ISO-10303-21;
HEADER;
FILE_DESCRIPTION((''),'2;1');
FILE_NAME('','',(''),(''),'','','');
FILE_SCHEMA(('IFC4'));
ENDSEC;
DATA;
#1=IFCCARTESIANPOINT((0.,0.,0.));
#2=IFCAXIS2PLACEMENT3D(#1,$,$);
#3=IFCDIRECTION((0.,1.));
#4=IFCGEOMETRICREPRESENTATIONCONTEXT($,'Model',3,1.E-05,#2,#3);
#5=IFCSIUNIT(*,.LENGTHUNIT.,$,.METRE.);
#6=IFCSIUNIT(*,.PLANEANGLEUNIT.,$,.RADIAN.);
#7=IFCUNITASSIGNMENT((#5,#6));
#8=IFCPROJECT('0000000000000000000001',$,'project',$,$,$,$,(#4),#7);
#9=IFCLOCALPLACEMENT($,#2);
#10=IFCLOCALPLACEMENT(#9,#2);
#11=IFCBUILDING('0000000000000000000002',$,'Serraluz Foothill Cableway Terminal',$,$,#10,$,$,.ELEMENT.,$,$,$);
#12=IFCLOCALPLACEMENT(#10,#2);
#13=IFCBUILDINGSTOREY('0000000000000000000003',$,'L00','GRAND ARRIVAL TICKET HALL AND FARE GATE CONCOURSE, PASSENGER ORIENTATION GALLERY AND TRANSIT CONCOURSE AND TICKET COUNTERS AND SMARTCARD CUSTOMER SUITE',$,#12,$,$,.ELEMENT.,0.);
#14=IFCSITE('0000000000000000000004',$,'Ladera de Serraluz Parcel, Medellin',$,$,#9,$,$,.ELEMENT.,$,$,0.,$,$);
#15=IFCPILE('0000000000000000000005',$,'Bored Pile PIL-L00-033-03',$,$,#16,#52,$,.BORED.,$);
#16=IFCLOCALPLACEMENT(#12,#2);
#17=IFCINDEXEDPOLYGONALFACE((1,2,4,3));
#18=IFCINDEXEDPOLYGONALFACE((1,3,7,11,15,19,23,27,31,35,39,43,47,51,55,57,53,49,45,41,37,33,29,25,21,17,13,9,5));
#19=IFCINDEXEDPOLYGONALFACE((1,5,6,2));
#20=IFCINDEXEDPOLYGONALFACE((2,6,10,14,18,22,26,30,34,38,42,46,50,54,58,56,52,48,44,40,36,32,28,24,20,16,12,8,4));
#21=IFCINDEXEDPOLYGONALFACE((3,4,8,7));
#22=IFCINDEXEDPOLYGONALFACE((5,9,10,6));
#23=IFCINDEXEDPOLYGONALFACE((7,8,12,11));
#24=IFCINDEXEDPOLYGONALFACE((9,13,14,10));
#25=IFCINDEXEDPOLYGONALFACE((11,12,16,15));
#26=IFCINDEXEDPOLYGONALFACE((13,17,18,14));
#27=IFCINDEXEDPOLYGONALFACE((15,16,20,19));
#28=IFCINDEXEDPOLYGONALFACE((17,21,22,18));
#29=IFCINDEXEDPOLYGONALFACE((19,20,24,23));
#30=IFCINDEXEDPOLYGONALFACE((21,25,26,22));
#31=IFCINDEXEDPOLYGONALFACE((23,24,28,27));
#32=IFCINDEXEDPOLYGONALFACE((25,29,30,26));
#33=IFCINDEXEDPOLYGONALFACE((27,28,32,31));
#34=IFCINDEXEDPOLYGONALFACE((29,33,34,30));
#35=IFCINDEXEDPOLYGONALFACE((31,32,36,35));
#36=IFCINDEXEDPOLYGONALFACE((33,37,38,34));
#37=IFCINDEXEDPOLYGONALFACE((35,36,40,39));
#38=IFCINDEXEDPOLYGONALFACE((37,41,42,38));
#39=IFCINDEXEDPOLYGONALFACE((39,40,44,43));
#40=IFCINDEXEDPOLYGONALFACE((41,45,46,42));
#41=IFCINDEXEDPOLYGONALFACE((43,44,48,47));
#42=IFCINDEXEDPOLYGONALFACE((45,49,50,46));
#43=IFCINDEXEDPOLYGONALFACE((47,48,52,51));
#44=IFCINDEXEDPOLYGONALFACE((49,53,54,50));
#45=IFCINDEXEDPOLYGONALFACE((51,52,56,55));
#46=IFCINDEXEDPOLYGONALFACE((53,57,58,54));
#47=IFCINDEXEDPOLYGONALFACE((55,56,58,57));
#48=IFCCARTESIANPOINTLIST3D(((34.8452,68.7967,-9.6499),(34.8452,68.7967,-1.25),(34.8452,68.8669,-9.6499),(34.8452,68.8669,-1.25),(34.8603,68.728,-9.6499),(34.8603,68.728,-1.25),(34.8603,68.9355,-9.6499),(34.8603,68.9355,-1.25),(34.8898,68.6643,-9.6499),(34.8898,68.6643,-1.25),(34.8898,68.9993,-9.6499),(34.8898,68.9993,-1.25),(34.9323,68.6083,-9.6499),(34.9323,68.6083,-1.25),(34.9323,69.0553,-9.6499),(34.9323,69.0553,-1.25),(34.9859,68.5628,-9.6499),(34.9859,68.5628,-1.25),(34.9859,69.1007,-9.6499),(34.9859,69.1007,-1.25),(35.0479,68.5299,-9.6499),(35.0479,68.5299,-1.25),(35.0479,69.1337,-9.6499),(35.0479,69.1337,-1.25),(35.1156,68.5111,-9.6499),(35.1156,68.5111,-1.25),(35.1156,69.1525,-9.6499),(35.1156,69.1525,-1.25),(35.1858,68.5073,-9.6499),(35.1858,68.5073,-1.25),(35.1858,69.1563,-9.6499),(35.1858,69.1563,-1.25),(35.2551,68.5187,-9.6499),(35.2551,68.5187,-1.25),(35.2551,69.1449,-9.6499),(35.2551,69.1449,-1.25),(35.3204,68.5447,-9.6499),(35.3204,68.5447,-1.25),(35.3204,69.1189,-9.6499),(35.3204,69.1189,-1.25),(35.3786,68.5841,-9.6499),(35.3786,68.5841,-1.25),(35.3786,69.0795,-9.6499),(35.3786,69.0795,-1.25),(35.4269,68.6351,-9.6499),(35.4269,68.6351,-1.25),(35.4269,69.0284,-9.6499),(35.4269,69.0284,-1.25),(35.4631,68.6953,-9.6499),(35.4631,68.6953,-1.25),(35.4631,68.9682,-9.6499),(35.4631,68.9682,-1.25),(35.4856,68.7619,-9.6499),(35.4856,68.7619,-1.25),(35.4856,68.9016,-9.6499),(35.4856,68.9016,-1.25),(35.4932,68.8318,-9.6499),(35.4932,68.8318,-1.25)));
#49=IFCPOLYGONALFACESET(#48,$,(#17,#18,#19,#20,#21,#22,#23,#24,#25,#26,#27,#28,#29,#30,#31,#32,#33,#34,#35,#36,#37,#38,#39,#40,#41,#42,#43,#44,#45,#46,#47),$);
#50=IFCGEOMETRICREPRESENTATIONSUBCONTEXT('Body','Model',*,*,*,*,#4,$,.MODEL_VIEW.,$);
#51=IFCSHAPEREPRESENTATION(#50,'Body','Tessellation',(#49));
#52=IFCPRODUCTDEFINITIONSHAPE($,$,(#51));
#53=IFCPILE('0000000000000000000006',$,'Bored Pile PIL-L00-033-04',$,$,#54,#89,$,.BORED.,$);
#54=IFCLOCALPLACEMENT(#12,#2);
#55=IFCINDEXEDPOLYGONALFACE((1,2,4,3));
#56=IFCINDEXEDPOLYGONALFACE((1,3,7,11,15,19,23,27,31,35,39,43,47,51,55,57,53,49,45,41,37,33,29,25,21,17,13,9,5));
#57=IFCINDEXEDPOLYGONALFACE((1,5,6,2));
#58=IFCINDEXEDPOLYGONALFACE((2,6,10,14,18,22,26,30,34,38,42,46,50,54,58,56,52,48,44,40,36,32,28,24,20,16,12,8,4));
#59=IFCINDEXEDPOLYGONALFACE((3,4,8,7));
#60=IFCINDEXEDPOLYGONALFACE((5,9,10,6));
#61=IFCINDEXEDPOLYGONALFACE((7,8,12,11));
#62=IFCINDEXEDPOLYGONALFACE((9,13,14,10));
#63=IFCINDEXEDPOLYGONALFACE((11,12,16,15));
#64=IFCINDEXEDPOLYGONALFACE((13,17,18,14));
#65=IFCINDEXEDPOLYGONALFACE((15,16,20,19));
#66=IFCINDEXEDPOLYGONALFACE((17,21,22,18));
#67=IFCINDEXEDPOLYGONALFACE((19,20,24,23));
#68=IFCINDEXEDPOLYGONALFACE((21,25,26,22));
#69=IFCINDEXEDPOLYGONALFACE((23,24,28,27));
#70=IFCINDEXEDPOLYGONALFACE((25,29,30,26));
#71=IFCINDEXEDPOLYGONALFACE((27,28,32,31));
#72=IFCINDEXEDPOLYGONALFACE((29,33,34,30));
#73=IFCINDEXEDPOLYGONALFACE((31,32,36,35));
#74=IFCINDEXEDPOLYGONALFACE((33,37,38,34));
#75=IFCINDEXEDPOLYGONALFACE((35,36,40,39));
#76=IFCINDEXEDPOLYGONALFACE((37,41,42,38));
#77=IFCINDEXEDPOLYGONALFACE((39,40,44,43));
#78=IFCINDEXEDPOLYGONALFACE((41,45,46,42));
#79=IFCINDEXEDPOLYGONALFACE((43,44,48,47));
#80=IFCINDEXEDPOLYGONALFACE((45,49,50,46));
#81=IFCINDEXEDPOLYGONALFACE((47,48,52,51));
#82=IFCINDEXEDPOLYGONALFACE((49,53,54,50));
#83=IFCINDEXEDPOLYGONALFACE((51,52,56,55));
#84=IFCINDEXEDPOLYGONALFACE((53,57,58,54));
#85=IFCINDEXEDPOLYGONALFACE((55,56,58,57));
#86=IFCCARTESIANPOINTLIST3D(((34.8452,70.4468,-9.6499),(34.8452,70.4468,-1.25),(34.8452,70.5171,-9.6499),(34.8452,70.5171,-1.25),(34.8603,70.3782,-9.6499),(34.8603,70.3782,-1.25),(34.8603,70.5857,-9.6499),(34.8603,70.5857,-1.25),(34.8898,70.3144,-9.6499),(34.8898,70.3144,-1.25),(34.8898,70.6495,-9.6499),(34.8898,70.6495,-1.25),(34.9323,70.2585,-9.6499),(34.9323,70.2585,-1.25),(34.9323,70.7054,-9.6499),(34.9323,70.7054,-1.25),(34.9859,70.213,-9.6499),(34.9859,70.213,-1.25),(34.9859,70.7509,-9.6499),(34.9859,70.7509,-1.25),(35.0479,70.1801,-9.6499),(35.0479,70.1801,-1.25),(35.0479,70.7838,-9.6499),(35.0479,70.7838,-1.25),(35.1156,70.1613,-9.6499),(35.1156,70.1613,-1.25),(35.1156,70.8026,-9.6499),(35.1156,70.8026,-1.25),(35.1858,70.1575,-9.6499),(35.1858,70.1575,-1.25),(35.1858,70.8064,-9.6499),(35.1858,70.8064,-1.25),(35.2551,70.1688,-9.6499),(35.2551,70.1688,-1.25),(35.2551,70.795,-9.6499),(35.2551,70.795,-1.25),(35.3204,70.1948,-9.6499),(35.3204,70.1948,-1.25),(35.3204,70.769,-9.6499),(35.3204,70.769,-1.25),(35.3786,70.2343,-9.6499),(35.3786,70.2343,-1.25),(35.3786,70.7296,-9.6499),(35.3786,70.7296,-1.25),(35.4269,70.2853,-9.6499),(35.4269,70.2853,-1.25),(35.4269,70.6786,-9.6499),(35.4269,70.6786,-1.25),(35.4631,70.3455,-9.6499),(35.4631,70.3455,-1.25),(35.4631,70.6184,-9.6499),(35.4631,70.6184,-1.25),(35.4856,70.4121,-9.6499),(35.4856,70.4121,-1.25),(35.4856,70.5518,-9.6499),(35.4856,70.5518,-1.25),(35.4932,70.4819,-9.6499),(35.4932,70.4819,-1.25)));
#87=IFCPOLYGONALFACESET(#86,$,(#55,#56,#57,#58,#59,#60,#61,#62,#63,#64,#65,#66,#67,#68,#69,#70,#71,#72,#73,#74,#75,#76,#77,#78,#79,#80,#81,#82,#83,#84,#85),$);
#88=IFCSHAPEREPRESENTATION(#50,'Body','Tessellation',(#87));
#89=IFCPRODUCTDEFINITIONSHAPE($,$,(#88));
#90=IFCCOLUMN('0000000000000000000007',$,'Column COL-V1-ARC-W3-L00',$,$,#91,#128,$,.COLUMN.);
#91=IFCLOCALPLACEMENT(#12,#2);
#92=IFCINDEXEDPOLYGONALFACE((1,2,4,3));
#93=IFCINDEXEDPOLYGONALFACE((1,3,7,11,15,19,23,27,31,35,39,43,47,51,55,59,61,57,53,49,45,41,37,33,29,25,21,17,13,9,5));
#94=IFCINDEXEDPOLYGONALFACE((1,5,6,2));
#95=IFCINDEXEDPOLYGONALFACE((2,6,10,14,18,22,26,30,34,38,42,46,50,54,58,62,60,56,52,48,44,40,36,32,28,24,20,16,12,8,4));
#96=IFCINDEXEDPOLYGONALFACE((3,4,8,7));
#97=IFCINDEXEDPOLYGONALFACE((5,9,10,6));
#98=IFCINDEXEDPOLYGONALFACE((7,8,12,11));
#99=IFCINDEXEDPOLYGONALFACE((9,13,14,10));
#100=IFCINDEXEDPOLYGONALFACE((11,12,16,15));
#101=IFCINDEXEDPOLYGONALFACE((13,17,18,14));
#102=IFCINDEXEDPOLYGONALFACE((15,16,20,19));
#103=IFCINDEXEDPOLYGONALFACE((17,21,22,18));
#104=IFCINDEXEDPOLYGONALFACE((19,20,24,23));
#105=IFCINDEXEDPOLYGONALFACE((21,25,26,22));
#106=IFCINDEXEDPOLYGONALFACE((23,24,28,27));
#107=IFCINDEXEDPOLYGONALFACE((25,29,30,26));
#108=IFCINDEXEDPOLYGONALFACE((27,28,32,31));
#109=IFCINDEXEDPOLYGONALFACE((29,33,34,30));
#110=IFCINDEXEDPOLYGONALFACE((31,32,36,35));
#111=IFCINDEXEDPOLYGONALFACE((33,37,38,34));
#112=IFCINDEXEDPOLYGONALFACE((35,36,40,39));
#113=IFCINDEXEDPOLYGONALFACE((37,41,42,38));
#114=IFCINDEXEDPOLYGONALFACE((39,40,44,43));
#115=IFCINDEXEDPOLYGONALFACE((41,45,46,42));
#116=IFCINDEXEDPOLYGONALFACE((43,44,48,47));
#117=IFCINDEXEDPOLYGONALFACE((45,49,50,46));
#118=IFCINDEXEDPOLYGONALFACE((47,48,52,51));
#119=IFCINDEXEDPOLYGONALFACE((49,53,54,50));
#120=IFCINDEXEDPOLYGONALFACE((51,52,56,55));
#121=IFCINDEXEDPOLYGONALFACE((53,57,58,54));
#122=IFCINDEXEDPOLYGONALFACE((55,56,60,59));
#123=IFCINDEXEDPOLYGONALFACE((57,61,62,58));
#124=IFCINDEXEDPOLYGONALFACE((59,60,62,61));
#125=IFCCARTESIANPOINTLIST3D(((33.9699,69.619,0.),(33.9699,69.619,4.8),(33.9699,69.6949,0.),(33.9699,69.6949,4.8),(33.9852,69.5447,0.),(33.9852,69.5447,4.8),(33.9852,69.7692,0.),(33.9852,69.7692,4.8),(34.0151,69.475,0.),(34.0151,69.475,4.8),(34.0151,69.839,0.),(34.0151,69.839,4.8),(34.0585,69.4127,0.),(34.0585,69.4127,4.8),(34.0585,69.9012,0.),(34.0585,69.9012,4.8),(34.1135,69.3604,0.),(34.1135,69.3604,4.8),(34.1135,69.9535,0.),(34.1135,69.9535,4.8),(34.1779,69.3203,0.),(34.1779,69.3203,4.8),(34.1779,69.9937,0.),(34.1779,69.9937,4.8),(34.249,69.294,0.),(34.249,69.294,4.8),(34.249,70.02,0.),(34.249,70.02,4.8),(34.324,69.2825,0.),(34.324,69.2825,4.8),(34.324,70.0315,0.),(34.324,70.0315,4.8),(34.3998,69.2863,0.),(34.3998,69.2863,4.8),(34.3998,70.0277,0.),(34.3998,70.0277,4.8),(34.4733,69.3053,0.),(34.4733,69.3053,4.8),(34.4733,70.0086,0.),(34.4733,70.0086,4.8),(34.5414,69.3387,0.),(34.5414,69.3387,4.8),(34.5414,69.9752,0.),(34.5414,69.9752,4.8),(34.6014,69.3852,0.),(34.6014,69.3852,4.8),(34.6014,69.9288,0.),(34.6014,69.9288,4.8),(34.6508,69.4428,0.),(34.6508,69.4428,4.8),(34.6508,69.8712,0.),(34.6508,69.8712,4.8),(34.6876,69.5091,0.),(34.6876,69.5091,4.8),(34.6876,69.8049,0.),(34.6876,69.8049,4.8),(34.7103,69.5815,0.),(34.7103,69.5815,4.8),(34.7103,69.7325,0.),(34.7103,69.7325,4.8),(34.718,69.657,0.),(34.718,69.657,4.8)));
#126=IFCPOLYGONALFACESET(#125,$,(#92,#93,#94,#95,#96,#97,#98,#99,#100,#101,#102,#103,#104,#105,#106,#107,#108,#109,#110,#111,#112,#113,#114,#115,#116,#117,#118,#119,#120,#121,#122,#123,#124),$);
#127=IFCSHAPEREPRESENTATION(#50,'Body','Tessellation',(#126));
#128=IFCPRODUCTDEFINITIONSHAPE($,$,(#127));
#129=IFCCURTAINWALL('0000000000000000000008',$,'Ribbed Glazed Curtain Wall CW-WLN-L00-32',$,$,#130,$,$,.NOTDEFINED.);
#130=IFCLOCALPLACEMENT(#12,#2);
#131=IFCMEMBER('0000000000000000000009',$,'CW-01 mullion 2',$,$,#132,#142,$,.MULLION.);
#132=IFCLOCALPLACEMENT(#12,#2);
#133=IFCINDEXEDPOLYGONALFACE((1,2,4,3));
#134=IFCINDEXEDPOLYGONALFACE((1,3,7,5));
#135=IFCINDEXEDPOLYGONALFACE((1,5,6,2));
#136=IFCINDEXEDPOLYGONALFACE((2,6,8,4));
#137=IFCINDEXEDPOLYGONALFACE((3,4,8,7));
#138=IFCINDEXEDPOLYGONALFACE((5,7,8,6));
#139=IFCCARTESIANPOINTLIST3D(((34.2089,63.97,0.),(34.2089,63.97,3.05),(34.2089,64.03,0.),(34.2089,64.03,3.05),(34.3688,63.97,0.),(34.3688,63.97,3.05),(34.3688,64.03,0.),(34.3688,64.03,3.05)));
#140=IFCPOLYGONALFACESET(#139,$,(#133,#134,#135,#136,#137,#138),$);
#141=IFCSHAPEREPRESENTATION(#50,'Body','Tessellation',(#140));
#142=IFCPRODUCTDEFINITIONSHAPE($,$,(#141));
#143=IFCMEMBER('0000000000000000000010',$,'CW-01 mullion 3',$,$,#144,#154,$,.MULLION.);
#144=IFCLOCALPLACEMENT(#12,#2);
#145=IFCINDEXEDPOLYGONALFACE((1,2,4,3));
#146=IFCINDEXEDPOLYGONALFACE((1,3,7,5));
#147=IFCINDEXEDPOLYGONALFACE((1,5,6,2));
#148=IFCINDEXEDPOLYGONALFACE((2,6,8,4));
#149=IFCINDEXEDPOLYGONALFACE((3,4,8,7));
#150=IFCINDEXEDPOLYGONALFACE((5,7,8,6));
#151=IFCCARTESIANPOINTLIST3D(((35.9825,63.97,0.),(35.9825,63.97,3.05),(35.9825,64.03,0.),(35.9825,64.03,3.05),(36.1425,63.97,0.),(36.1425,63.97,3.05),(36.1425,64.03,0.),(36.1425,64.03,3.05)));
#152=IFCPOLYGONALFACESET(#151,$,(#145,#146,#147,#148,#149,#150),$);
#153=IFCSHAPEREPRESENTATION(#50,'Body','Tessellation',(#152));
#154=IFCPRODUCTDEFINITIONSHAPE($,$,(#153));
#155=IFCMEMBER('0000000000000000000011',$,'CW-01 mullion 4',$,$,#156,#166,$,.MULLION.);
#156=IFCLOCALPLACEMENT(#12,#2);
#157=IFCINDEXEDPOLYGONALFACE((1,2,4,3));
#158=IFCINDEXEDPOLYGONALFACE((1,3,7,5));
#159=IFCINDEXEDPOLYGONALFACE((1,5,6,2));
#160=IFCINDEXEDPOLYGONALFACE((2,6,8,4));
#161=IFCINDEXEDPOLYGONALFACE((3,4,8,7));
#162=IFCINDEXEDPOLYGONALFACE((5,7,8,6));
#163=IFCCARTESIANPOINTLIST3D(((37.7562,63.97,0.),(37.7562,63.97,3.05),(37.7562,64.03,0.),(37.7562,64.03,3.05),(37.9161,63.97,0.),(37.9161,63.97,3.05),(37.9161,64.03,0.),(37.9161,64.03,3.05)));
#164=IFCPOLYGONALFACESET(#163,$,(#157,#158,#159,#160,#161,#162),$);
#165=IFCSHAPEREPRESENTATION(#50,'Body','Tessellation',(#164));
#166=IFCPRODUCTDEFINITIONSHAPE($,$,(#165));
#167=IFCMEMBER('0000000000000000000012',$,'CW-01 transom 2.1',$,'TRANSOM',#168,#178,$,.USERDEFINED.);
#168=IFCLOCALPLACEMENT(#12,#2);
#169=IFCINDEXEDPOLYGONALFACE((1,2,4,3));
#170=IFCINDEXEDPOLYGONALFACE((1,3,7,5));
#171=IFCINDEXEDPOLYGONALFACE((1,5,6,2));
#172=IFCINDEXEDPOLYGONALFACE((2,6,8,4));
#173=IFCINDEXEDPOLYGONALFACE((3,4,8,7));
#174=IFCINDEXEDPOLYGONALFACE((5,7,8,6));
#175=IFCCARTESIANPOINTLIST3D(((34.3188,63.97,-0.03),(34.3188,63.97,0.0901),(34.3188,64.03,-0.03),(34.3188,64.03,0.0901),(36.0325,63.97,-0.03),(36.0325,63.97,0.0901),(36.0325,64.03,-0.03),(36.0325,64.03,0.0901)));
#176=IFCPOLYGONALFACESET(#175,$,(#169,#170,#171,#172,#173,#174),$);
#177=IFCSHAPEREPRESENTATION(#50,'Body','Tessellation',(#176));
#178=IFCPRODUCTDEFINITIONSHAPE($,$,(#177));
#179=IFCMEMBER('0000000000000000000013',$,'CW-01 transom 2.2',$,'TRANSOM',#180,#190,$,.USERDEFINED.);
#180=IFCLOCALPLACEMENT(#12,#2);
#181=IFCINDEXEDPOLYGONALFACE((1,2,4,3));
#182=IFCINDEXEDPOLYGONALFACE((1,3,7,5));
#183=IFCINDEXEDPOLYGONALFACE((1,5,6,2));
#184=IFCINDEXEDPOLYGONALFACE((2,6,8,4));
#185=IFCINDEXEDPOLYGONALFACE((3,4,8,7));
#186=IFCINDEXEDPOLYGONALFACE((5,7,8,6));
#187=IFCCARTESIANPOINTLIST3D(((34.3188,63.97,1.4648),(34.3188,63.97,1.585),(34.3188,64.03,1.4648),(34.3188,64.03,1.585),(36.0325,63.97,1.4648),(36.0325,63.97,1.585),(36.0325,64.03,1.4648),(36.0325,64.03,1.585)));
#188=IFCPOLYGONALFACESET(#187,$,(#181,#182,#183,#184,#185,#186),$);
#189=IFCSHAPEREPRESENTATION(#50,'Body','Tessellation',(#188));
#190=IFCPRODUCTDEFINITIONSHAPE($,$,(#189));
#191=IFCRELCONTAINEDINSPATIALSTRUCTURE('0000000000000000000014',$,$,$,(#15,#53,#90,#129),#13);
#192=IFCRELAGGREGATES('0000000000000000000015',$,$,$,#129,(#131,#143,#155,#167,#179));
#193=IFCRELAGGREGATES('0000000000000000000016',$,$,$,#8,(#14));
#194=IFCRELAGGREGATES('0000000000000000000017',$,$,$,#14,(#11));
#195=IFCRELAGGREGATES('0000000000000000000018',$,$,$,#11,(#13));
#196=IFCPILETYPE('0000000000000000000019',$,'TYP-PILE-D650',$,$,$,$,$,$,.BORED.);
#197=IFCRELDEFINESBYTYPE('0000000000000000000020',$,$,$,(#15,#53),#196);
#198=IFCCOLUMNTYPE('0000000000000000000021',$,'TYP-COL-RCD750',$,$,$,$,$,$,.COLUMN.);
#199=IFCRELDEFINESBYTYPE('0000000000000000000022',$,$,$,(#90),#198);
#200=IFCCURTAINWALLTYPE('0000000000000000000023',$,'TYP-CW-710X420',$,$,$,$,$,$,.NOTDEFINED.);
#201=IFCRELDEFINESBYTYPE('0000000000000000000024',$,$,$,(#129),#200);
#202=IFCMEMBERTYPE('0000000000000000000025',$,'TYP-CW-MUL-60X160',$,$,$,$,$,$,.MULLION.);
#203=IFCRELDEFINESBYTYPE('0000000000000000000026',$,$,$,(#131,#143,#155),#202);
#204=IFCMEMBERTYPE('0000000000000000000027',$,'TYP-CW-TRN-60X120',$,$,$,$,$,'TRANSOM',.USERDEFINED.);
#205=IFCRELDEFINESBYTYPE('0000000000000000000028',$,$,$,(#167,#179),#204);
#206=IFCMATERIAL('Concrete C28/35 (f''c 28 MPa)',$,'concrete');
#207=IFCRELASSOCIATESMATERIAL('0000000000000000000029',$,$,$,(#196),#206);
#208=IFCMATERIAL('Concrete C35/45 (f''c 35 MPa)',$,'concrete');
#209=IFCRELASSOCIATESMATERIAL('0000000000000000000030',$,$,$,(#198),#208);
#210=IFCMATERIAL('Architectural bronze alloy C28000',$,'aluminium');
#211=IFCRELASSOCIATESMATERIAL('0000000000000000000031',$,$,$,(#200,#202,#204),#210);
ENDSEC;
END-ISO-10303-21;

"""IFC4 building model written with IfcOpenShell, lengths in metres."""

from ifc_helpers import new_model, si_unit, direction, frame, origin, origin_2d, place, context, subcontext, project, spatial, rectangle, circle, extrude, material, material_profile, profile_set, type_object, element, aggregate, save


model = new_model("IFC4")

# Units and contexts
model_context = context("Model", 3, precision=1e-05, world=origin(), true_north=direction((0.0, 1.0)))
body_context = subcontext(model_context, "Body", "Model", "MODEL_VIEW")
ifc_project = project(units=[si_unit("LENGTHUNIT", "METRE"), si_unit("PLANEANGLEUNIT", "RADIAN")], contexts=[model_context])

# Site, building, storey
site_placement = place(None, origin())
site = spatial("IfcSite", under=ifc_project, at=site_placement, Name="Ladera de Serraluz Parcel, Medellin", CompositionType="ELEMENT", RefElevation=0.0)
building_placement = place(site_placement, origin())
building = spatial("IfcBuilding", under=site, at=building_placement, Name="Serraluz Foothill Cableway Terminal", CompositionType="ELEMENT")
storey_placement = place(building_placement, origin())
storey = spatial("IfcBuildingStorey", under=building, at=storey_placement, Name="L00", Description="GRAND ARRIVAL TICKET HALL AND FARE GATE CONCOURSE, PASSENGER ORIENTATION GALLERY AND TRANSIT CONCOURSE AND TICKET COUNTERS AND SMARTCARD CUSTOMER SUITE", CompositionType="ELEMENT", Elevation=0.0)

# Piles
ifc_material_1 = material(Name="Concrete C28/35 (f'c 28 MPa)", Category="concrete")
ifc_material_profile_1 = material_profile(ifc_material_1, circle(Radius=0.325, at=origin_2d()), Name="BORED PILE D650")
ifc_profile_set_1 = profile_set([ifc_material_profile_1], Name="Concrete C28/35 (f'c 28 MPa)")
pile_type = type_object("IfcPileType", Name="TYP-PILE-D650", PredefinedType="BORED", material=ifc_profile_set_1)
for number, where, z_axis, x_axis, name in (
    (1, (35.1682, 68.8318, -1.25), (0.0, 0.0, -1.0), (1.0, 0.0, 0.0), "Bored Pile PIL-L00-033-03"),
    (2, (35.1682, 70.4819, -1.25), (0.0, 0.0, -1.0), (1.0, 0.0, 0.0), "Bored Pile PIL-L00-033-04"),
):
    element("IfcPile", number, at=place(storey_placement, frame(where, z_axis=z_axis, x_axis=x_axis)), inside=storey, type_object=pile_type, Name=name, PredefinedType="BORED", context=body_context, shape_type="SweptSolid", body=[
        extrude(circle(Radius=0.325, at=origin_2d()), origin(), (0.0, 0.0, 1.0), 8.3999),
    ])

# Column
ifc_material_2 = material(Name="Concrete C35/45 (f'c 35 MPa)", Category="concrete")
ifc_material_profile_2 = material_profile(ifc_material_2, circle(Radius=0.375, at=origin_2d()), Name="RC D750")
ifc_profile_set_2 = profile_set([ifc_material_profile_2], Name="Concrete C35/45 (f'c 35 MPa)")
column_type = type_object("IfcColumnType", Name="TYP-COL-RCD750", PredefinedType="COLUMN", material=ifc_profile_set_2)
column_placement = place(storey_placement, frame((34.343, 69.657, 0.0), z_axis=(0.0, 0.0, 1.0), x_axis=(1.0, 0.0, 0.0)))
element("IfcColumn", 3, at=column_placement, inside=storey, type_object=column_type, Name="Column COL-V1-ARC-W3-L00", PredefinedType="COLUMN", context=body_context, shape_type="SweptSolid", body=[
    extrude(circle(Radius=0.375, at=origin_2d()), origin(), (0.0, 0.0, 1.0), 4.8),
])

# Curtain wall, members
ifc_material_3 = material(Name="Architectural bronze alloy C28000", Category="aluminium")
curtain_wall_type = type_object("IfcCurtainWallType", Name="TYP-CW-710X420", PredefinedType="NOTDEFINED", material=ifc_material_3)
curtain_wall_placement = place(storey_placement, origin())
curtain_wall = element("IfcCurtainWall", 4, at=curtain_wall_placement, inside=storey, type_object=curtain_wall_type, Name="Ribbed Glazed Curtain Wall CW-WLN-L00-32", PredefinedType="NOTDEFINED")
ifc_material_profile_3 = material_profile(ifc_material_3, rectangle(XDim=0.0601, YDim=0.1599, at=origin_2d()), Name="ALU MULLION 60x160")
ifc_profile_set_3 = profile_set([ifc_material_profile_3], Name="Architectural bronze alloy C28000")
member_type_1 = type_object("IfcMemberType", Name="TYP-CW-MUL-60X160", PredefinedType="MULLION", material=ifc_profile_set_3)
member_1_placement = place(storey_placement, frame((34.2888, 64.0, 0.0), z_axis=(0.0, 0.0, 1.0), x_axis=(0.0, 1.0, 0.0)))
member_1 = element("IfcMember", 5, at=member_1_placement, type_object=member_type_1, Name="CW-01 mullion 2", PredefinedType="MULLION", context=body_context, shape_type="SweptSolid", body=[
    extrude(rectangle(XDim=0.0601, YDim=0.1599, at=origin_2d()), origin(), (0.0, 0.0, 1.0), 3.05),
])
member_2_placement = place(storey_placement, frame((36.0625, 64.0, 0.0), z_axis=(0.0, 0.0, 1.0), x_axis=(0.0, 1.0, 0.0)))
member_2 = element("IfcMember", 6, at=member_2_placement, type_object=member_type_1, Name="CW-01 mullion 3", PredefinedType="MULLION", context=body_context, shape_type="SweptSolid", body=[
    extrude(rectangle(XDim=0.0601, YDim=0.1599, at=origin_2d()), origin(), (0.0, 0.0, 1.0), 3.05),
])
member_3_placement = place(storey_placement, frame((37.8362, 64.0, 0.0), z_axis=(0.0, 0.0, 1.0), x_axis=(0.0, 1.0, 0.0)))
member_3 = element("IfcMember", 7, at=member_3_placement, type_object=member_type_1, Name="CW-01 mullion 4", PredefinedType="MULLION", context=body_context, shape_type="SweptSolid", body=[
    extrude(rectangle(XDim=0.0601, YDim=0.1599, at=origin_2d()), origin(), (0.0, 0.0, 1.0), 3.05),
])
ifc_material_profile_4 = material_profile(ifc_material_3, rectangle(XDim=0.0601, YDim=0.1201, at=origin_2d()), Name="ALU TRANSOM 60x120")
ifc_profile_set_4 = profile_set([ifc_material_profile_4], Name="Architectural bronze alloy C28000")
member_type_2 = type_object("IfcMemberType", Name="TYP-CW-TRN-60X120", ElementType="TRANSOM", PredefinedType="USERDEFINED", material=ifc_profile_set_4)
member_4_placement = place(storey_placement, frame((34.3188, 64.0, 0.03), z_axis=(1.0, 0.0, 0.0), x_axis=(0.0, 1.0, 0.0)))
member_4 = element("IfcMember", 8, at=member_4_placement, type_object=member_type_2, Name="CW-01 transom 2.1", ObjectType="TRANSOM", PredefinedType="USERDEFINED", context=body_context, shape_type="SweptSolid", body=[
    extrude(rectangle(XDim=0.0601, YDim=0.1201, at=origin_2d()), origin(), (0.0, 0.0, 1.0), 1.7136),
])
member_5_placement = place(storey_placement, frame((34.3188, 64.0, 1.5249), z_axis=(1.0, 0.0, 0.0), x_axis=(0.0, 1.0, 0.0)))
member_5 = element("IfcMember", 9, at=member_5_placement, type_object=member_type_2, Name="CW-01 transom 2.2", ObjectType="TRANSOM", PredefinedType="USERDEFINED", context=body_context, shape_type="SweptSolid", body=[
    extrude(rectangle(XDim=0.0601, YDim=0.1201, at=origin_2d()), origin(), (0.0, 0.0, 1.0), 1.7136),
])

aggregate(curtain_wall, [member_1, member_2, member_3, member_4, member_5])

save(model, "model.ifc")
